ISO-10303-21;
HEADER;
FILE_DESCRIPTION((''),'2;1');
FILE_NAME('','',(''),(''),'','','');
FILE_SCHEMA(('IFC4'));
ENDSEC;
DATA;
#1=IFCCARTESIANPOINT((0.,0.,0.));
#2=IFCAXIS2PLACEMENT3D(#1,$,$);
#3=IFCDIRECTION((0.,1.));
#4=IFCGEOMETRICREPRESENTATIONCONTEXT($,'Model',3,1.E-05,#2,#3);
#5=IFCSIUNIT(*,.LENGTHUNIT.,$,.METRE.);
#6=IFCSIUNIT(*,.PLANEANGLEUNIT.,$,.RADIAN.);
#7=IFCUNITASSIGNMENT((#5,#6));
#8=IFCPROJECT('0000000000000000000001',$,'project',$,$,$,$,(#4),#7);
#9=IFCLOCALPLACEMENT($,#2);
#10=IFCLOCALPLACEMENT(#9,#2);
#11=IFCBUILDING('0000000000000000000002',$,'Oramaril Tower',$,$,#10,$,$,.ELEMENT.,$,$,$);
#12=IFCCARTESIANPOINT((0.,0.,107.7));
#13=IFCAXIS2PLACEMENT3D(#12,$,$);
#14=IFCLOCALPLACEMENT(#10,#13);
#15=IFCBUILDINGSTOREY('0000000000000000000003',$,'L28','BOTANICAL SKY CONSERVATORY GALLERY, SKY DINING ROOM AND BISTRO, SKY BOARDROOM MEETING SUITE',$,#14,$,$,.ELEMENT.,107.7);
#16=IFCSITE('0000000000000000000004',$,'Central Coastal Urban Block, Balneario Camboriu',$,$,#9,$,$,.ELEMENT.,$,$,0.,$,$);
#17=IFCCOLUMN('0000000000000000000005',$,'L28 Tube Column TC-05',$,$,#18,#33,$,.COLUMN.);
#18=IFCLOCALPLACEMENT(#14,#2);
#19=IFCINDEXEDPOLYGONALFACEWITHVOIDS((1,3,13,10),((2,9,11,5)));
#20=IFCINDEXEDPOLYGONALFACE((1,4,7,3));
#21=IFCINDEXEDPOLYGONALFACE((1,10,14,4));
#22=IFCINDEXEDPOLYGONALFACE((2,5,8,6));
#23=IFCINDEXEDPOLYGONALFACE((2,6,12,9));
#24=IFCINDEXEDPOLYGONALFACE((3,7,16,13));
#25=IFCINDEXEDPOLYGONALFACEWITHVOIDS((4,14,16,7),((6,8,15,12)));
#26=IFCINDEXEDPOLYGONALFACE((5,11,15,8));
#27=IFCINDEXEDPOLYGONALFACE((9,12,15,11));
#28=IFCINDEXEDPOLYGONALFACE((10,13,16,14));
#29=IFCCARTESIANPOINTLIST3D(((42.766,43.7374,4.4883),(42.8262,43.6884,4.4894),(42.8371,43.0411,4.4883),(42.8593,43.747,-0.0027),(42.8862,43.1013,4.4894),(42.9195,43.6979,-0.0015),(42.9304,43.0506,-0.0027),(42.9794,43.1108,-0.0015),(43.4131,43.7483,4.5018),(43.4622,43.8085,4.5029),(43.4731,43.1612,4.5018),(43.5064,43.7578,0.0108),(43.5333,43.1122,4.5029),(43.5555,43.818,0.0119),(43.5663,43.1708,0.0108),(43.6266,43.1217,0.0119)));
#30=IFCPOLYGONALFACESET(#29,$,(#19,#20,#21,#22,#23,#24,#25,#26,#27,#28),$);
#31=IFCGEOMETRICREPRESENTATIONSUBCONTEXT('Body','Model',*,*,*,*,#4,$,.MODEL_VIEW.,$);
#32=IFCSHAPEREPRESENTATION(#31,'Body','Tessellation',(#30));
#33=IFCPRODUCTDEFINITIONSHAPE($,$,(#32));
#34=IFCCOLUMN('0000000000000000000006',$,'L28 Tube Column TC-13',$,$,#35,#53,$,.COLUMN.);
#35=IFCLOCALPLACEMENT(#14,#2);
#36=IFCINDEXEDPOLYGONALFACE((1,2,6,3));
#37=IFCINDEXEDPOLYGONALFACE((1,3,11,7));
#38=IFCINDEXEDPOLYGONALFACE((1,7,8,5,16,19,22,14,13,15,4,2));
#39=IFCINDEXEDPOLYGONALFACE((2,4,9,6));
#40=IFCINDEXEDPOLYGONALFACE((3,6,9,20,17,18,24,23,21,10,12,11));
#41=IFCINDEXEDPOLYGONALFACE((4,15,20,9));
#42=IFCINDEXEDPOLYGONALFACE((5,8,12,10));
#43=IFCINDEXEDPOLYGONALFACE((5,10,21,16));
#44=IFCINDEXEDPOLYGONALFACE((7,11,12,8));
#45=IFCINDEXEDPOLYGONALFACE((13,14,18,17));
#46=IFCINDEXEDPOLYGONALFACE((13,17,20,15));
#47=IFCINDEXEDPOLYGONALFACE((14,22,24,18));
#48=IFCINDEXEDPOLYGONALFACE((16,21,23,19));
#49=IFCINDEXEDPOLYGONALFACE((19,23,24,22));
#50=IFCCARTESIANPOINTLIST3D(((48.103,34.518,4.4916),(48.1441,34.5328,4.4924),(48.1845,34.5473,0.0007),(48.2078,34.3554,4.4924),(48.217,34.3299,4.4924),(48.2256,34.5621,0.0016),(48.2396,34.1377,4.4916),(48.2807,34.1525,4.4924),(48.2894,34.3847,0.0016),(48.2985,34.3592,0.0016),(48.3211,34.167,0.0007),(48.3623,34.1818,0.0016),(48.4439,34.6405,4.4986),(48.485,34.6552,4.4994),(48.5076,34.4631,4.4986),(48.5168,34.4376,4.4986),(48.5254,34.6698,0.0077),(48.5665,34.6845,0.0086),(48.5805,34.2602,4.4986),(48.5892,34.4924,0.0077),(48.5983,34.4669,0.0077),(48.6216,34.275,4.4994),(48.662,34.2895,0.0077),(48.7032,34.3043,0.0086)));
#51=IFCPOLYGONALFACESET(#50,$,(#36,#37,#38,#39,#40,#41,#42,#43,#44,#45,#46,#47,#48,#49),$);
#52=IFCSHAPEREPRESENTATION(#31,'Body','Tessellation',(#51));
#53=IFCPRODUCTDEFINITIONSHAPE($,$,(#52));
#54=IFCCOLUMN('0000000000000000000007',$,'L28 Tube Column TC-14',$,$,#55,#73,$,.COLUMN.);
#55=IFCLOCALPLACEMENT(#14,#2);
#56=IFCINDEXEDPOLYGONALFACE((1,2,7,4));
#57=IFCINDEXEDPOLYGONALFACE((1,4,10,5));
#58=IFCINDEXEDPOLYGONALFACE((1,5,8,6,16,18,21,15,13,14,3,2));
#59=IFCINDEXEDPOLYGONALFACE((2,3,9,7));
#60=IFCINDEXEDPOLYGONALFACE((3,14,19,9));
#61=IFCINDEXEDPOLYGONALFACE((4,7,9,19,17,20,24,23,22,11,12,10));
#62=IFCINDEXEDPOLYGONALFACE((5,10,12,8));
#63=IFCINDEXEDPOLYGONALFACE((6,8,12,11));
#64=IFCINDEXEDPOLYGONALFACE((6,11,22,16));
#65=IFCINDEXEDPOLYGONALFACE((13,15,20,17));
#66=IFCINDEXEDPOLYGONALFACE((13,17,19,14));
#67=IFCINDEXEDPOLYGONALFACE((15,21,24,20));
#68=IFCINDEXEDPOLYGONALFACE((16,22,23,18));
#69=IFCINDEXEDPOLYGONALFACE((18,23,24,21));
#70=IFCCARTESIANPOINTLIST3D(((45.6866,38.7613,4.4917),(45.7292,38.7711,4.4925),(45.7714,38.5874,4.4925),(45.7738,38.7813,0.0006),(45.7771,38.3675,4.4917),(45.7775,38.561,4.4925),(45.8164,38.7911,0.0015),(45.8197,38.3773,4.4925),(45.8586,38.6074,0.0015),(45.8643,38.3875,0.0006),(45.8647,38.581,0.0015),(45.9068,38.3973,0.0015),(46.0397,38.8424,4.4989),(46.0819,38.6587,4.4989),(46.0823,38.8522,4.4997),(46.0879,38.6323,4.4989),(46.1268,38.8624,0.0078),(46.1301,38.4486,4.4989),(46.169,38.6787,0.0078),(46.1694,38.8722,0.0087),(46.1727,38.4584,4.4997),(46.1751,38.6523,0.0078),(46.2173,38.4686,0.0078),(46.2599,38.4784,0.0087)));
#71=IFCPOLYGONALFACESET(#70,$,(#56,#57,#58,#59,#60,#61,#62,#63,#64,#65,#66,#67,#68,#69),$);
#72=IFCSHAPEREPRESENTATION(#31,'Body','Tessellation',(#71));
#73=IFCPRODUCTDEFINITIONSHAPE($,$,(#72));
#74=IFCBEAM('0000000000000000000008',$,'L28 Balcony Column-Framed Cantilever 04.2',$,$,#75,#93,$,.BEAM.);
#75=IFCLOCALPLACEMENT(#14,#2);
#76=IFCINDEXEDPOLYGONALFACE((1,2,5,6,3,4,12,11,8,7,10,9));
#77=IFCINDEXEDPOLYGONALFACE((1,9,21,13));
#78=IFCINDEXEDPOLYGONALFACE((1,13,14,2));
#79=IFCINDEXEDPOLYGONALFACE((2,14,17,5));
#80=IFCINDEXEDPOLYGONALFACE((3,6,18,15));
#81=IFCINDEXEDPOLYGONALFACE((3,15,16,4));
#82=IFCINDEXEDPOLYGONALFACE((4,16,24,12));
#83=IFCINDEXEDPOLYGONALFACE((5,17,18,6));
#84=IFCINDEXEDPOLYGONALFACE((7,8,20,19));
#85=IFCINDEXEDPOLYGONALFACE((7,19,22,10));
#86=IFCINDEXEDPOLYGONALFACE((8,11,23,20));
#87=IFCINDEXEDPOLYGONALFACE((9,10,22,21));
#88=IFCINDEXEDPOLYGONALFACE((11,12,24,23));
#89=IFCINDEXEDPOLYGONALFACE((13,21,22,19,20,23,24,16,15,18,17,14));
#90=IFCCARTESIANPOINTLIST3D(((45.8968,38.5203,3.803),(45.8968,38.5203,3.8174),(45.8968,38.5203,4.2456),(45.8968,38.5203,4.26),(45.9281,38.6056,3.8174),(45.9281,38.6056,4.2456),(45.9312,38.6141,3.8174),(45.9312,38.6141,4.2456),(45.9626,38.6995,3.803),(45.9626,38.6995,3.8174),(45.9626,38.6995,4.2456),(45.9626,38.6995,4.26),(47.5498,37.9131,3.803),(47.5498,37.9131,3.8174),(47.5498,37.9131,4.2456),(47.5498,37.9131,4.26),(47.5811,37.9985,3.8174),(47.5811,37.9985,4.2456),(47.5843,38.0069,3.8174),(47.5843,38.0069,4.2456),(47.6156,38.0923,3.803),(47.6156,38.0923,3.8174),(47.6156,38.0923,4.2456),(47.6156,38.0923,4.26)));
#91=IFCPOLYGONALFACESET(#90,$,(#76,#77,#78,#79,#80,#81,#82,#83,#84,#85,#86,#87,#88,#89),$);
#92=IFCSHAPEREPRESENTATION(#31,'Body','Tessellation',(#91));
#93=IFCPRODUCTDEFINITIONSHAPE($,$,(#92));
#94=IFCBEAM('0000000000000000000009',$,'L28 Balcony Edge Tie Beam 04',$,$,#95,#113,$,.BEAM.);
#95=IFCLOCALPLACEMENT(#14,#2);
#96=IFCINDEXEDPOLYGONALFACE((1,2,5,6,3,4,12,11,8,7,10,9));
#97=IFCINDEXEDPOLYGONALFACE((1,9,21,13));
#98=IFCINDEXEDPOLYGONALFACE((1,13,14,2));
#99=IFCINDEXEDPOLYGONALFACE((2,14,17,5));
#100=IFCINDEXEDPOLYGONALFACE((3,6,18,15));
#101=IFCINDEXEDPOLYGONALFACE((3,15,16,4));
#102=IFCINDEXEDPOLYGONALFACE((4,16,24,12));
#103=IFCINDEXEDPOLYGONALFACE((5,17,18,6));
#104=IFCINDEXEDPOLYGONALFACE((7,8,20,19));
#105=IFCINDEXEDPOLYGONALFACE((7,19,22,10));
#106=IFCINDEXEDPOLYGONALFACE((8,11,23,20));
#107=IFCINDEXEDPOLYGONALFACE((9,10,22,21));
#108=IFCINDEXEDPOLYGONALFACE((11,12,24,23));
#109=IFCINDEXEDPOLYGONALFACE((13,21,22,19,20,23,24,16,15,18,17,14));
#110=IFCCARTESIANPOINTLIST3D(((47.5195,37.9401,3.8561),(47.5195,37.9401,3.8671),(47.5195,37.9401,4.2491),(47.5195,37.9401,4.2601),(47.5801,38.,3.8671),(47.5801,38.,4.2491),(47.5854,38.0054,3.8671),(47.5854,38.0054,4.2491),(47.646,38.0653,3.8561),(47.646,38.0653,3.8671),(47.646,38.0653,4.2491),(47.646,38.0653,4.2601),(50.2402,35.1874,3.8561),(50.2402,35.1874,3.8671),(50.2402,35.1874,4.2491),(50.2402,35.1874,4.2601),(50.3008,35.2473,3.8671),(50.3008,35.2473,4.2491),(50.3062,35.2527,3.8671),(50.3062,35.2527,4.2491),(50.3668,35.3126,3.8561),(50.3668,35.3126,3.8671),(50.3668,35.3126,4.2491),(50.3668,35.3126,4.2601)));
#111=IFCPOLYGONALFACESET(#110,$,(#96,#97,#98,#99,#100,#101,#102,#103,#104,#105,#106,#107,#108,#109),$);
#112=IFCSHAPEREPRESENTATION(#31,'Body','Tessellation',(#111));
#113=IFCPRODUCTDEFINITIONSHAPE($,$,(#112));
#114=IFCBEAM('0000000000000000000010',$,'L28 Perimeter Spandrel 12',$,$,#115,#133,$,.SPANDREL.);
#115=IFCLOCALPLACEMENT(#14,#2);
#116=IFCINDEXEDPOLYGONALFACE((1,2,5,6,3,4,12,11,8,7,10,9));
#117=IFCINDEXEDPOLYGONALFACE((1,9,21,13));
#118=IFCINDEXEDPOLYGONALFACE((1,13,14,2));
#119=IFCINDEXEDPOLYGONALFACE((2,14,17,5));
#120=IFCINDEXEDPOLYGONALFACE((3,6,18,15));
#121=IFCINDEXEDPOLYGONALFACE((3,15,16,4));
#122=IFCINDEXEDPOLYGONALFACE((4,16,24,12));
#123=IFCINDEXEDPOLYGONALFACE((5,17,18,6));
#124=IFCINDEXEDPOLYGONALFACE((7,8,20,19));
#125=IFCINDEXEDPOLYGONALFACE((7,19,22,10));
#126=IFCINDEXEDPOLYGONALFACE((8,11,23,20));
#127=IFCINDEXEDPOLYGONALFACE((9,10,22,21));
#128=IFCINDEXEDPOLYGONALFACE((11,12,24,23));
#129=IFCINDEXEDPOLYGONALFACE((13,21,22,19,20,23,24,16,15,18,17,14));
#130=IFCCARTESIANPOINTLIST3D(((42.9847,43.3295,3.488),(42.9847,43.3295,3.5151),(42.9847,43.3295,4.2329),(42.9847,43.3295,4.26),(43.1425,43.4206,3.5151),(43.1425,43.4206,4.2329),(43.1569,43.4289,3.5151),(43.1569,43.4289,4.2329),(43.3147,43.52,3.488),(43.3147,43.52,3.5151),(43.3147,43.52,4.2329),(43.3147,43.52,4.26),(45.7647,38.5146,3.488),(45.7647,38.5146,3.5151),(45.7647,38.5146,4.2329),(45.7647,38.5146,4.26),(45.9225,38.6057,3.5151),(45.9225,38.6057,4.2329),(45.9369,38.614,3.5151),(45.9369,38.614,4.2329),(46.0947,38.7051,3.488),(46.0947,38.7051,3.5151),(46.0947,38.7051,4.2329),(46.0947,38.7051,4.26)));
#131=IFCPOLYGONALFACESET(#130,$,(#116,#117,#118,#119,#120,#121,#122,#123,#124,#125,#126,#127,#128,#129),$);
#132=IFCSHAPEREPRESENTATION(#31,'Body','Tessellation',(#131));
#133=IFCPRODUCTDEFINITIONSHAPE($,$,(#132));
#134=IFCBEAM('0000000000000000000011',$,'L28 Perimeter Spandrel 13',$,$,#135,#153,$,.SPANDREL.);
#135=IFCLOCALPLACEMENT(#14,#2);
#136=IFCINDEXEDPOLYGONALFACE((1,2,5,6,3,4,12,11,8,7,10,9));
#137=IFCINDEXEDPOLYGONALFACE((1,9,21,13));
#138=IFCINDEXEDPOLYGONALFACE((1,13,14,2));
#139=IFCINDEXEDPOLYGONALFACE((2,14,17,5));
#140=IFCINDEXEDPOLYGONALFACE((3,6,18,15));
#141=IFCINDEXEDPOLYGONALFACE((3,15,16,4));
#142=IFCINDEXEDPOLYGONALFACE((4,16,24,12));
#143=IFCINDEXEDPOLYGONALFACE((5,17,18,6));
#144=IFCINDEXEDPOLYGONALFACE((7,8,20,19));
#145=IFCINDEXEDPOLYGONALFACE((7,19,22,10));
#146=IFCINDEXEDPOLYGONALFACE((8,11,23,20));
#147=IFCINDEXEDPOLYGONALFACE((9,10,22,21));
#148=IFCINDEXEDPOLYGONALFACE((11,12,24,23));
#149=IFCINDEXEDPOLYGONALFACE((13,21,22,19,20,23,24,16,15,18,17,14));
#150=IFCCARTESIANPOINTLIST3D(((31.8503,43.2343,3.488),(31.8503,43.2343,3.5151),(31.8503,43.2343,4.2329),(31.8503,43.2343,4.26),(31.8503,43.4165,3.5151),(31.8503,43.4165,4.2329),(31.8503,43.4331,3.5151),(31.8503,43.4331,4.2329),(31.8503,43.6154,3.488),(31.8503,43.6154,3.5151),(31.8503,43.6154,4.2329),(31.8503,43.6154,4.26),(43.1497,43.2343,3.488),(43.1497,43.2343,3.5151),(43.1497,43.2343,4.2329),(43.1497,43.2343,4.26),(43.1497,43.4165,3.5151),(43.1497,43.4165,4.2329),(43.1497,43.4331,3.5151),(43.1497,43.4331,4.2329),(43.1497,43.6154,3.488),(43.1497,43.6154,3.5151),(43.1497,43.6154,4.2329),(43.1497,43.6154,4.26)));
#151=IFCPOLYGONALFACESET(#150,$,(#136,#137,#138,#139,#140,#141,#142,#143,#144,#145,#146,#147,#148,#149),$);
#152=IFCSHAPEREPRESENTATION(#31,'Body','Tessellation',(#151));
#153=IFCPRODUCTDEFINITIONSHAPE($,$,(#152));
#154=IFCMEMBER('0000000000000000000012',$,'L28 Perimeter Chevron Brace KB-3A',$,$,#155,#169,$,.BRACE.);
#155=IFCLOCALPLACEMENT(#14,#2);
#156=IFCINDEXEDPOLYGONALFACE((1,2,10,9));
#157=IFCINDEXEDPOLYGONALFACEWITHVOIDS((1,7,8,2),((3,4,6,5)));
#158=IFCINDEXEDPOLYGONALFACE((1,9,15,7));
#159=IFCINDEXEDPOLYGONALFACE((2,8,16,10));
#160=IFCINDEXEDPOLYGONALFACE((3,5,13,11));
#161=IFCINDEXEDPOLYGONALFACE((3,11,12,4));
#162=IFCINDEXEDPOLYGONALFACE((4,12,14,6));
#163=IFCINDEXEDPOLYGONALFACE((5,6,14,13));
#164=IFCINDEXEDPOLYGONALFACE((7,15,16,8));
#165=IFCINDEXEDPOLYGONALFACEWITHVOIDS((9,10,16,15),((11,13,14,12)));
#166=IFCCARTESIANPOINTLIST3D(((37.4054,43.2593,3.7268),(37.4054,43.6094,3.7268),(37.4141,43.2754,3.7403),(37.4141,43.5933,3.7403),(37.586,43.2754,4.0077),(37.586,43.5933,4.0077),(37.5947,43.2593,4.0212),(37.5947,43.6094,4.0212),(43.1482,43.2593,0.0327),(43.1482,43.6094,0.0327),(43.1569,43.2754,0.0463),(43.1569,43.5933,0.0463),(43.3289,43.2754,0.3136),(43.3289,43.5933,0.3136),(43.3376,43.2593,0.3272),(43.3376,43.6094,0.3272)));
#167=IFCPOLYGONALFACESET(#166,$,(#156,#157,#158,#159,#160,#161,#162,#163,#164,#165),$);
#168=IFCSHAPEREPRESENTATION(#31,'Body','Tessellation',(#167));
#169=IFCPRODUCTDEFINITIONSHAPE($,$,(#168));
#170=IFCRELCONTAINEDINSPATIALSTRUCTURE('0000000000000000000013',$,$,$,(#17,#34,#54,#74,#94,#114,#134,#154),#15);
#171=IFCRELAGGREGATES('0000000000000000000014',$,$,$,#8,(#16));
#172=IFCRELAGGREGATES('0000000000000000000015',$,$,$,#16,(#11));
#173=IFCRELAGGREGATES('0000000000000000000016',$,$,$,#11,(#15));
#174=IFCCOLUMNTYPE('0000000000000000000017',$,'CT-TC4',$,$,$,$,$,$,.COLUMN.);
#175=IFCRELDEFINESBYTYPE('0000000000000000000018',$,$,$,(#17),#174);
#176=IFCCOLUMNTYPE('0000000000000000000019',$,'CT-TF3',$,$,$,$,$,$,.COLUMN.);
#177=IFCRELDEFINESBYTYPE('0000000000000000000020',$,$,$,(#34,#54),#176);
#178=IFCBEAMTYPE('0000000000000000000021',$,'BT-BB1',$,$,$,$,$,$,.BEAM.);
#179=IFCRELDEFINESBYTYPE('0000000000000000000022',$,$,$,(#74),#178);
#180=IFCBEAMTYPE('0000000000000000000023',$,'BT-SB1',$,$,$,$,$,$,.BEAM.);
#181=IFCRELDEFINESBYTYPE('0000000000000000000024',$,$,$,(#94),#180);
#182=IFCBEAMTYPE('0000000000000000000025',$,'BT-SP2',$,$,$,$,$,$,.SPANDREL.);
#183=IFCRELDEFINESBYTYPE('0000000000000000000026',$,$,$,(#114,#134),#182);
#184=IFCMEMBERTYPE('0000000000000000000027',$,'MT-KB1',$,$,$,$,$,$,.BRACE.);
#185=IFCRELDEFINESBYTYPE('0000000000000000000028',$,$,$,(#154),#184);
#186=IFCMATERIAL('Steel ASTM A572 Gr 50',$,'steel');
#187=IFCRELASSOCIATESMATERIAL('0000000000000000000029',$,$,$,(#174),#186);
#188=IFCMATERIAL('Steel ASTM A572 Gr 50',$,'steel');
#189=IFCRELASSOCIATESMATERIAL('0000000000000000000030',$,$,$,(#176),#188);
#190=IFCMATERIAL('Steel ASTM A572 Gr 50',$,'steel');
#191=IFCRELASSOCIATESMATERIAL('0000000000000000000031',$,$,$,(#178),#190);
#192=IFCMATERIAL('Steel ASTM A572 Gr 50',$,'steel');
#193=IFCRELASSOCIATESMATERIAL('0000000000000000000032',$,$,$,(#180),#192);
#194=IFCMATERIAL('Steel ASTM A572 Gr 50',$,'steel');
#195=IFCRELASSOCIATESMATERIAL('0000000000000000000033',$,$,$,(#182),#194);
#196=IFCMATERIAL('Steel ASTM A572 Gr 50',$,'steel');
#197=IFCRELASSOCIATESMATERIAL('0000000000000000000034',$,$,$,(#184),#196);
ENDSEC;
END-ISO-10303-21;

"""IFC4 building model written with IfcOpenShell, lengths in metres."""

from ifc_helpers import new_model, si_unit, direction, frame, origin, origin_2d, place, context, subcontext, project, spatial, hollow_rectangle, i_section, extrude, material, material_profile, profile_set, type_object, element, save


model = new_model("IFC4")

# Units and contexts
model_context = context("Model", 3, precision=1e-05, world=origin(), true_north=direction((0.0, 1.0)))
body_context = subcontext(model_context, "Body", "Model", "MODEL_VIEW")
ifc_project = project(units=[si_unit("LENGTHUNIT", "METRE"), si_unit("PLANEANGLEUNIT", "RADIAN")], contexts=[model_context])

# Site, building, storey
site_placement = place(None, origin())
site = spatial("IfcSite", under=ifc_project, at=site_placement, Name="Central Coastal Urban Block, Balneario Camboriu", CompositionType="ELEMENT", RefElevation=0.0)
building_placement = place(site_placement, origin())
building = spatial("IfcBuilding", under=site, at=building_placement, Name="Oramaril Tower", CompositionType="ELEMENT")
storey_placement = place(building_placement, frame((0.0, 0.0, 107.7)))
storey = spatial("IfcBuildingStorey", under=building, at=storey_placement, Name="L28", Description="BOTANICAL SKY CONSERVATORY GALLERY, SKY DINING ROOM AND BISTRO, SKY BOARDROOM MEETING SUITE", CompositionType="ELEMENT", Elevation=107.7)

# Columns
ifc_material_1 = material(Name="Steel ASTM A572 Gr 50", Category="steel")
ifc_material_profile_1 = material_profile(ifc_material_1, hollow_rectangle(XDim=0.7, YDim=0.7, WallThickness=0.0549, at=origin_2d()), Name="BOX700X700X55")
ifc_profile_set_1 = profile_set([ifc_material_profile_1], Name="Steel ASTM A572 Gr 50")
column_type_1 = type_object("IfcColumnType", Name="CT-TC4", PredefinedType="COLUMN", material=ifc_profile_set_1)
column_1_placement = place(storey_placement, frame((43.2429, 43.4343, 0.0046), z_axis=(-0.020762, -0.00212, 0.999782), x_axis=(0.101566, -0.994829, 0.0)))
element("IfcColumn", 1, at=column_1_placement, inside=storey, type_object=column_type_1, Name="L28 Tube Column TC-05", PredefinedType="COLUMN", context=body_context, shape_type="SweptSolid", body=[
    extrude(hollow_rectangle(XDim=0.7, YDim=0.7, WallThickness=0.0549, at=origin_2d()), origin(), (0.0, 0.0, 1.0), 4.4919),
])
ifc_material_2 = material(Name="Steel ASTM A572 Gr 50", Category="steel")
ifc_material_profile_2 = material_profile(ifc_material_2, i_section(OverallWidth=0.4041, OverallDepth=0.406, WebThickness=0.0271, FlangeThickness=0.0437, at=origin_2d()), Name="W14X233")
ifc_profile_set_2 = profile_set([ifc_material_profile_2], Name="Steel ASTM A572 Gr 50")
column_type_2 = type_object("IfcColumnType", Name="CT-TF3", PredefinedType="COLUMN", material=ifc_profile_set_2)
column_2_placement = place(storey_placement, frame((48.4438, 34.4258, 0.0046), z_axis=(-0.018154, -0.006522, 0.999814), x_axis=(0.338121, -0.941103, 0.0)))
element("IfcColumn", 2, at=column_2_placement, inside=storey, type_object=column_type_2, Name="L28 Tube Column TC-13", PredefinedType="COLUMN", context=body_context, shape_type="SweptSolid", body=[
    extrude(i_section(OverallWidth=0.4041, OverallDepth=0.406, WebThickness=0.0271, FlangeThickness=0.0437, at=origin_2d()), origin(), (0.0, 0.0, 1.0), 4.4917),
])
column_3_placement = place(storey_placement, frame((46.0168, 38.6299, 0.0046), z_axis=(-0.019404, -0.004457, 0.999802), x_axis=(0.223862, -0.974621, 0.0)))
element("IfcColumn", 3, at=column_3_placement, inside=storey, type_object=column_type_2, Name="L28 Tube Column TC-14", PredefinedType="COLUMN", context=body_context, shape_type="SweptSolid", body=[
    extrude(i_section(OverallWidth=0.4041, OverallDepth=0.406, WebThickness=0.0271, FlangeThickness=0.0437, at=origin_2d()), origin(), (0.0, 0.0, 1.0), 4.4919),
])

# Beams
ifc_material_3 = material(Name="Steel ASTM A572 Gr 50", Category="steel")
ifc_material_profile_3 = material_profile(ifc_material_3, i_section(OverallWidth=0.1909, OverallDepth=0.457, WebThickness=0.009, FlangeThickness=0.0144, at=origin_2d()), Name="W18X50")
ifc_profile_set_3 = profile_set([ifc_material_profile_3], Name="Steel ASTM A572 Gr 50")
beam_type_1 = type_object("IfcBeamType", Name="BT-BB1", PredefinedType="BEAM", material=ifc_profile_set_3)
beam_1_placement = place(storey_placement, frame((45.9297, 38.6099, 4.0315), z_axis=(0.938683, -0.34478, 0.0), x_axis=(0.34478, 0.938683, 0.0)))
element("IfcBeam", 4, at=beam_1_placement, inside=storey, type_object=beam_type_1, Name="L28 Balcony Column-Framed Cantilever 04.2", PredefinedType="BEAM", context=body_context, shape_type="SweptSolid", body=[
    extrude(i_section(OverallWidth=0.1909, OverallDepth=0.457, WebThickness=0.009, FlangeThickness=0.0144, at=origin_2d()), origin(), (0.0, 0.0, 1.0), 1.761),
])
ifc_material_4 = material(Name="Steel ASTM A572 Gr 50", Category="steel")
ifc_material_profile_4 = material_profile(ifc_material_4, i_section(OverallWidth=0.178, OverallDepth=0.4041, WebThickness=0.0076, FlangeThickness=0.011, at=origin_2d()), Name="W16X36")
ifc_profile_set_4 = profile_set([ifc_material_profile_4], Name="Steel ASTM A572 Gr 50")
beam_type_2 = type_object("IfcBeamType", Name="BT-SB1", PredefinedType="BEAM", material=ifc_profile_set_4)
beam_2_placement = place(storey_placement, frame((50.3035, 35.25, 4.0581), z_axis=(-0.702963, 0.711226, 0.0), x_axis=(-0.711226, -0.702963, 0.0)))
element("IfcBeam", 5, at=beam_2_placement, inside=storey, type_object=beam_type_2, Name="L28 Balcony Edge Tie Beam 04", PredefinedType="BEAM", context=body_context, shape_type="SweptSolid", body=[
    extrude(i_section(OverallWidth=0.178, OverallDepth=0.4041, WebThickness=0.0076, FlangeThickness=0.011, at=origin_2d()), origin(), (0.0, 0.0, 1.0), 3.8704),
])
ifc_material_5 = material(Name="Steel ASTM A572 Gr 50", Category="steel")
ifc_material_profile_5 = material_profile(ifc_material_5, i_section(OverallWidth=0.3811, OverallDepth=0.772, WebThickness=0.0166, FlangeThickness=0.0271, at=origin_2d()), Name="W30X173")
ifc_profile_set_5 = profile_set([ifc_material_profile_5], Name="Steel ASTM A572 Gr 50")
beam_type_3 = type_object("IfcBeamType", Name="BT-SP2", PredefinedType="SPANDREL", material=ifc_profile_set_5)
beam_3_placement = place(storey_placement, frame((45.9297, 38.6099, 3.874), z_axis=(-0.500016, 0.866016, 0.0), x_axis=(-0.866016, -0.500016, 0.0)))
element("IfcBeam", 6, at=beam_3_placement, inside=storey, type_object=beam_type_3, Name="L28 Perimeter Spandrel 12", PredefinedType="SPANDREL", context=body_context, shape_type="SweptSolid", body=[
    extrude(i_section(OverallWidth=0.3811, OverallDepth=0.772, WebThickness=0.0166, FlangeThickness=0.0271, at=origin_2d()), origin(), (0.0, 0.0, 1.0), 5.5598),
])
beam_4_placement = place(storey_placement, frame((43.1497, 43.4248, 3.874), z_axis=(-1.0, 0.0, 0.0), x_axis=(0.0, -1.0, 0.0)))
element("IfcBeam", 7, at=beam_4_placement, inside=storey, type_object=beam_type_3, Name="L28 Perimeter Spandrel 13", PredefinedType="SPANDREL", context=body_context, shape_type="SweptSolid", body=[
    extrude(i_section(OverallWidth=0.3811, OverallDepth=0.772, WebThickness=0.0166, FlangeThickness=0.0271, at=origin_2d()), origin(), (0.0, 0.0, 1.0), 11.2993),
])

# Member
ifc_material_6 = material(Name="Steel ASTM A572 Gr 50", Category="steel")
ifc_material_profile_6 = material_profile(ifc_material_6, hollow_rectangle(XDim=0.3501, YDim=0.3501, WallThickness=0.0161, at=origin_2d()), Name="HSS350X350X16")
ifc_profile_set_6 = profile_set([ifc_material_profile_6], Name="Steel ASTM A572 Gr 50")
member_type = type_object("IfcMemberType", Name="MT-KB1", PredefinedType="BRACE", material=ifc_profile_set_6)
member_placement = place(storey_placement, frame((43.2429, 43.4343, 0.1799), z_axis=(-0.841031, 0.0, 0.540987), x_axis=(0.0, -1.0, 0.0)))
element("IfcMember", 8, at=member_placement, inside=storey, type_object=member_type, Name="L28 Perimeter Chevron Brace KB-3A", PredefinedType="BRACE", context=body_context, shape_type="SweptSolid", body=[
    extrude(hollow_rectangle(XDim=0.3501, YDim=0.3501, WallThickness=0.0161, at=origin_2d()), origin(), (0.0, 0.0, 1.0), 6.8284),
])

save(model, "model.ifc")
